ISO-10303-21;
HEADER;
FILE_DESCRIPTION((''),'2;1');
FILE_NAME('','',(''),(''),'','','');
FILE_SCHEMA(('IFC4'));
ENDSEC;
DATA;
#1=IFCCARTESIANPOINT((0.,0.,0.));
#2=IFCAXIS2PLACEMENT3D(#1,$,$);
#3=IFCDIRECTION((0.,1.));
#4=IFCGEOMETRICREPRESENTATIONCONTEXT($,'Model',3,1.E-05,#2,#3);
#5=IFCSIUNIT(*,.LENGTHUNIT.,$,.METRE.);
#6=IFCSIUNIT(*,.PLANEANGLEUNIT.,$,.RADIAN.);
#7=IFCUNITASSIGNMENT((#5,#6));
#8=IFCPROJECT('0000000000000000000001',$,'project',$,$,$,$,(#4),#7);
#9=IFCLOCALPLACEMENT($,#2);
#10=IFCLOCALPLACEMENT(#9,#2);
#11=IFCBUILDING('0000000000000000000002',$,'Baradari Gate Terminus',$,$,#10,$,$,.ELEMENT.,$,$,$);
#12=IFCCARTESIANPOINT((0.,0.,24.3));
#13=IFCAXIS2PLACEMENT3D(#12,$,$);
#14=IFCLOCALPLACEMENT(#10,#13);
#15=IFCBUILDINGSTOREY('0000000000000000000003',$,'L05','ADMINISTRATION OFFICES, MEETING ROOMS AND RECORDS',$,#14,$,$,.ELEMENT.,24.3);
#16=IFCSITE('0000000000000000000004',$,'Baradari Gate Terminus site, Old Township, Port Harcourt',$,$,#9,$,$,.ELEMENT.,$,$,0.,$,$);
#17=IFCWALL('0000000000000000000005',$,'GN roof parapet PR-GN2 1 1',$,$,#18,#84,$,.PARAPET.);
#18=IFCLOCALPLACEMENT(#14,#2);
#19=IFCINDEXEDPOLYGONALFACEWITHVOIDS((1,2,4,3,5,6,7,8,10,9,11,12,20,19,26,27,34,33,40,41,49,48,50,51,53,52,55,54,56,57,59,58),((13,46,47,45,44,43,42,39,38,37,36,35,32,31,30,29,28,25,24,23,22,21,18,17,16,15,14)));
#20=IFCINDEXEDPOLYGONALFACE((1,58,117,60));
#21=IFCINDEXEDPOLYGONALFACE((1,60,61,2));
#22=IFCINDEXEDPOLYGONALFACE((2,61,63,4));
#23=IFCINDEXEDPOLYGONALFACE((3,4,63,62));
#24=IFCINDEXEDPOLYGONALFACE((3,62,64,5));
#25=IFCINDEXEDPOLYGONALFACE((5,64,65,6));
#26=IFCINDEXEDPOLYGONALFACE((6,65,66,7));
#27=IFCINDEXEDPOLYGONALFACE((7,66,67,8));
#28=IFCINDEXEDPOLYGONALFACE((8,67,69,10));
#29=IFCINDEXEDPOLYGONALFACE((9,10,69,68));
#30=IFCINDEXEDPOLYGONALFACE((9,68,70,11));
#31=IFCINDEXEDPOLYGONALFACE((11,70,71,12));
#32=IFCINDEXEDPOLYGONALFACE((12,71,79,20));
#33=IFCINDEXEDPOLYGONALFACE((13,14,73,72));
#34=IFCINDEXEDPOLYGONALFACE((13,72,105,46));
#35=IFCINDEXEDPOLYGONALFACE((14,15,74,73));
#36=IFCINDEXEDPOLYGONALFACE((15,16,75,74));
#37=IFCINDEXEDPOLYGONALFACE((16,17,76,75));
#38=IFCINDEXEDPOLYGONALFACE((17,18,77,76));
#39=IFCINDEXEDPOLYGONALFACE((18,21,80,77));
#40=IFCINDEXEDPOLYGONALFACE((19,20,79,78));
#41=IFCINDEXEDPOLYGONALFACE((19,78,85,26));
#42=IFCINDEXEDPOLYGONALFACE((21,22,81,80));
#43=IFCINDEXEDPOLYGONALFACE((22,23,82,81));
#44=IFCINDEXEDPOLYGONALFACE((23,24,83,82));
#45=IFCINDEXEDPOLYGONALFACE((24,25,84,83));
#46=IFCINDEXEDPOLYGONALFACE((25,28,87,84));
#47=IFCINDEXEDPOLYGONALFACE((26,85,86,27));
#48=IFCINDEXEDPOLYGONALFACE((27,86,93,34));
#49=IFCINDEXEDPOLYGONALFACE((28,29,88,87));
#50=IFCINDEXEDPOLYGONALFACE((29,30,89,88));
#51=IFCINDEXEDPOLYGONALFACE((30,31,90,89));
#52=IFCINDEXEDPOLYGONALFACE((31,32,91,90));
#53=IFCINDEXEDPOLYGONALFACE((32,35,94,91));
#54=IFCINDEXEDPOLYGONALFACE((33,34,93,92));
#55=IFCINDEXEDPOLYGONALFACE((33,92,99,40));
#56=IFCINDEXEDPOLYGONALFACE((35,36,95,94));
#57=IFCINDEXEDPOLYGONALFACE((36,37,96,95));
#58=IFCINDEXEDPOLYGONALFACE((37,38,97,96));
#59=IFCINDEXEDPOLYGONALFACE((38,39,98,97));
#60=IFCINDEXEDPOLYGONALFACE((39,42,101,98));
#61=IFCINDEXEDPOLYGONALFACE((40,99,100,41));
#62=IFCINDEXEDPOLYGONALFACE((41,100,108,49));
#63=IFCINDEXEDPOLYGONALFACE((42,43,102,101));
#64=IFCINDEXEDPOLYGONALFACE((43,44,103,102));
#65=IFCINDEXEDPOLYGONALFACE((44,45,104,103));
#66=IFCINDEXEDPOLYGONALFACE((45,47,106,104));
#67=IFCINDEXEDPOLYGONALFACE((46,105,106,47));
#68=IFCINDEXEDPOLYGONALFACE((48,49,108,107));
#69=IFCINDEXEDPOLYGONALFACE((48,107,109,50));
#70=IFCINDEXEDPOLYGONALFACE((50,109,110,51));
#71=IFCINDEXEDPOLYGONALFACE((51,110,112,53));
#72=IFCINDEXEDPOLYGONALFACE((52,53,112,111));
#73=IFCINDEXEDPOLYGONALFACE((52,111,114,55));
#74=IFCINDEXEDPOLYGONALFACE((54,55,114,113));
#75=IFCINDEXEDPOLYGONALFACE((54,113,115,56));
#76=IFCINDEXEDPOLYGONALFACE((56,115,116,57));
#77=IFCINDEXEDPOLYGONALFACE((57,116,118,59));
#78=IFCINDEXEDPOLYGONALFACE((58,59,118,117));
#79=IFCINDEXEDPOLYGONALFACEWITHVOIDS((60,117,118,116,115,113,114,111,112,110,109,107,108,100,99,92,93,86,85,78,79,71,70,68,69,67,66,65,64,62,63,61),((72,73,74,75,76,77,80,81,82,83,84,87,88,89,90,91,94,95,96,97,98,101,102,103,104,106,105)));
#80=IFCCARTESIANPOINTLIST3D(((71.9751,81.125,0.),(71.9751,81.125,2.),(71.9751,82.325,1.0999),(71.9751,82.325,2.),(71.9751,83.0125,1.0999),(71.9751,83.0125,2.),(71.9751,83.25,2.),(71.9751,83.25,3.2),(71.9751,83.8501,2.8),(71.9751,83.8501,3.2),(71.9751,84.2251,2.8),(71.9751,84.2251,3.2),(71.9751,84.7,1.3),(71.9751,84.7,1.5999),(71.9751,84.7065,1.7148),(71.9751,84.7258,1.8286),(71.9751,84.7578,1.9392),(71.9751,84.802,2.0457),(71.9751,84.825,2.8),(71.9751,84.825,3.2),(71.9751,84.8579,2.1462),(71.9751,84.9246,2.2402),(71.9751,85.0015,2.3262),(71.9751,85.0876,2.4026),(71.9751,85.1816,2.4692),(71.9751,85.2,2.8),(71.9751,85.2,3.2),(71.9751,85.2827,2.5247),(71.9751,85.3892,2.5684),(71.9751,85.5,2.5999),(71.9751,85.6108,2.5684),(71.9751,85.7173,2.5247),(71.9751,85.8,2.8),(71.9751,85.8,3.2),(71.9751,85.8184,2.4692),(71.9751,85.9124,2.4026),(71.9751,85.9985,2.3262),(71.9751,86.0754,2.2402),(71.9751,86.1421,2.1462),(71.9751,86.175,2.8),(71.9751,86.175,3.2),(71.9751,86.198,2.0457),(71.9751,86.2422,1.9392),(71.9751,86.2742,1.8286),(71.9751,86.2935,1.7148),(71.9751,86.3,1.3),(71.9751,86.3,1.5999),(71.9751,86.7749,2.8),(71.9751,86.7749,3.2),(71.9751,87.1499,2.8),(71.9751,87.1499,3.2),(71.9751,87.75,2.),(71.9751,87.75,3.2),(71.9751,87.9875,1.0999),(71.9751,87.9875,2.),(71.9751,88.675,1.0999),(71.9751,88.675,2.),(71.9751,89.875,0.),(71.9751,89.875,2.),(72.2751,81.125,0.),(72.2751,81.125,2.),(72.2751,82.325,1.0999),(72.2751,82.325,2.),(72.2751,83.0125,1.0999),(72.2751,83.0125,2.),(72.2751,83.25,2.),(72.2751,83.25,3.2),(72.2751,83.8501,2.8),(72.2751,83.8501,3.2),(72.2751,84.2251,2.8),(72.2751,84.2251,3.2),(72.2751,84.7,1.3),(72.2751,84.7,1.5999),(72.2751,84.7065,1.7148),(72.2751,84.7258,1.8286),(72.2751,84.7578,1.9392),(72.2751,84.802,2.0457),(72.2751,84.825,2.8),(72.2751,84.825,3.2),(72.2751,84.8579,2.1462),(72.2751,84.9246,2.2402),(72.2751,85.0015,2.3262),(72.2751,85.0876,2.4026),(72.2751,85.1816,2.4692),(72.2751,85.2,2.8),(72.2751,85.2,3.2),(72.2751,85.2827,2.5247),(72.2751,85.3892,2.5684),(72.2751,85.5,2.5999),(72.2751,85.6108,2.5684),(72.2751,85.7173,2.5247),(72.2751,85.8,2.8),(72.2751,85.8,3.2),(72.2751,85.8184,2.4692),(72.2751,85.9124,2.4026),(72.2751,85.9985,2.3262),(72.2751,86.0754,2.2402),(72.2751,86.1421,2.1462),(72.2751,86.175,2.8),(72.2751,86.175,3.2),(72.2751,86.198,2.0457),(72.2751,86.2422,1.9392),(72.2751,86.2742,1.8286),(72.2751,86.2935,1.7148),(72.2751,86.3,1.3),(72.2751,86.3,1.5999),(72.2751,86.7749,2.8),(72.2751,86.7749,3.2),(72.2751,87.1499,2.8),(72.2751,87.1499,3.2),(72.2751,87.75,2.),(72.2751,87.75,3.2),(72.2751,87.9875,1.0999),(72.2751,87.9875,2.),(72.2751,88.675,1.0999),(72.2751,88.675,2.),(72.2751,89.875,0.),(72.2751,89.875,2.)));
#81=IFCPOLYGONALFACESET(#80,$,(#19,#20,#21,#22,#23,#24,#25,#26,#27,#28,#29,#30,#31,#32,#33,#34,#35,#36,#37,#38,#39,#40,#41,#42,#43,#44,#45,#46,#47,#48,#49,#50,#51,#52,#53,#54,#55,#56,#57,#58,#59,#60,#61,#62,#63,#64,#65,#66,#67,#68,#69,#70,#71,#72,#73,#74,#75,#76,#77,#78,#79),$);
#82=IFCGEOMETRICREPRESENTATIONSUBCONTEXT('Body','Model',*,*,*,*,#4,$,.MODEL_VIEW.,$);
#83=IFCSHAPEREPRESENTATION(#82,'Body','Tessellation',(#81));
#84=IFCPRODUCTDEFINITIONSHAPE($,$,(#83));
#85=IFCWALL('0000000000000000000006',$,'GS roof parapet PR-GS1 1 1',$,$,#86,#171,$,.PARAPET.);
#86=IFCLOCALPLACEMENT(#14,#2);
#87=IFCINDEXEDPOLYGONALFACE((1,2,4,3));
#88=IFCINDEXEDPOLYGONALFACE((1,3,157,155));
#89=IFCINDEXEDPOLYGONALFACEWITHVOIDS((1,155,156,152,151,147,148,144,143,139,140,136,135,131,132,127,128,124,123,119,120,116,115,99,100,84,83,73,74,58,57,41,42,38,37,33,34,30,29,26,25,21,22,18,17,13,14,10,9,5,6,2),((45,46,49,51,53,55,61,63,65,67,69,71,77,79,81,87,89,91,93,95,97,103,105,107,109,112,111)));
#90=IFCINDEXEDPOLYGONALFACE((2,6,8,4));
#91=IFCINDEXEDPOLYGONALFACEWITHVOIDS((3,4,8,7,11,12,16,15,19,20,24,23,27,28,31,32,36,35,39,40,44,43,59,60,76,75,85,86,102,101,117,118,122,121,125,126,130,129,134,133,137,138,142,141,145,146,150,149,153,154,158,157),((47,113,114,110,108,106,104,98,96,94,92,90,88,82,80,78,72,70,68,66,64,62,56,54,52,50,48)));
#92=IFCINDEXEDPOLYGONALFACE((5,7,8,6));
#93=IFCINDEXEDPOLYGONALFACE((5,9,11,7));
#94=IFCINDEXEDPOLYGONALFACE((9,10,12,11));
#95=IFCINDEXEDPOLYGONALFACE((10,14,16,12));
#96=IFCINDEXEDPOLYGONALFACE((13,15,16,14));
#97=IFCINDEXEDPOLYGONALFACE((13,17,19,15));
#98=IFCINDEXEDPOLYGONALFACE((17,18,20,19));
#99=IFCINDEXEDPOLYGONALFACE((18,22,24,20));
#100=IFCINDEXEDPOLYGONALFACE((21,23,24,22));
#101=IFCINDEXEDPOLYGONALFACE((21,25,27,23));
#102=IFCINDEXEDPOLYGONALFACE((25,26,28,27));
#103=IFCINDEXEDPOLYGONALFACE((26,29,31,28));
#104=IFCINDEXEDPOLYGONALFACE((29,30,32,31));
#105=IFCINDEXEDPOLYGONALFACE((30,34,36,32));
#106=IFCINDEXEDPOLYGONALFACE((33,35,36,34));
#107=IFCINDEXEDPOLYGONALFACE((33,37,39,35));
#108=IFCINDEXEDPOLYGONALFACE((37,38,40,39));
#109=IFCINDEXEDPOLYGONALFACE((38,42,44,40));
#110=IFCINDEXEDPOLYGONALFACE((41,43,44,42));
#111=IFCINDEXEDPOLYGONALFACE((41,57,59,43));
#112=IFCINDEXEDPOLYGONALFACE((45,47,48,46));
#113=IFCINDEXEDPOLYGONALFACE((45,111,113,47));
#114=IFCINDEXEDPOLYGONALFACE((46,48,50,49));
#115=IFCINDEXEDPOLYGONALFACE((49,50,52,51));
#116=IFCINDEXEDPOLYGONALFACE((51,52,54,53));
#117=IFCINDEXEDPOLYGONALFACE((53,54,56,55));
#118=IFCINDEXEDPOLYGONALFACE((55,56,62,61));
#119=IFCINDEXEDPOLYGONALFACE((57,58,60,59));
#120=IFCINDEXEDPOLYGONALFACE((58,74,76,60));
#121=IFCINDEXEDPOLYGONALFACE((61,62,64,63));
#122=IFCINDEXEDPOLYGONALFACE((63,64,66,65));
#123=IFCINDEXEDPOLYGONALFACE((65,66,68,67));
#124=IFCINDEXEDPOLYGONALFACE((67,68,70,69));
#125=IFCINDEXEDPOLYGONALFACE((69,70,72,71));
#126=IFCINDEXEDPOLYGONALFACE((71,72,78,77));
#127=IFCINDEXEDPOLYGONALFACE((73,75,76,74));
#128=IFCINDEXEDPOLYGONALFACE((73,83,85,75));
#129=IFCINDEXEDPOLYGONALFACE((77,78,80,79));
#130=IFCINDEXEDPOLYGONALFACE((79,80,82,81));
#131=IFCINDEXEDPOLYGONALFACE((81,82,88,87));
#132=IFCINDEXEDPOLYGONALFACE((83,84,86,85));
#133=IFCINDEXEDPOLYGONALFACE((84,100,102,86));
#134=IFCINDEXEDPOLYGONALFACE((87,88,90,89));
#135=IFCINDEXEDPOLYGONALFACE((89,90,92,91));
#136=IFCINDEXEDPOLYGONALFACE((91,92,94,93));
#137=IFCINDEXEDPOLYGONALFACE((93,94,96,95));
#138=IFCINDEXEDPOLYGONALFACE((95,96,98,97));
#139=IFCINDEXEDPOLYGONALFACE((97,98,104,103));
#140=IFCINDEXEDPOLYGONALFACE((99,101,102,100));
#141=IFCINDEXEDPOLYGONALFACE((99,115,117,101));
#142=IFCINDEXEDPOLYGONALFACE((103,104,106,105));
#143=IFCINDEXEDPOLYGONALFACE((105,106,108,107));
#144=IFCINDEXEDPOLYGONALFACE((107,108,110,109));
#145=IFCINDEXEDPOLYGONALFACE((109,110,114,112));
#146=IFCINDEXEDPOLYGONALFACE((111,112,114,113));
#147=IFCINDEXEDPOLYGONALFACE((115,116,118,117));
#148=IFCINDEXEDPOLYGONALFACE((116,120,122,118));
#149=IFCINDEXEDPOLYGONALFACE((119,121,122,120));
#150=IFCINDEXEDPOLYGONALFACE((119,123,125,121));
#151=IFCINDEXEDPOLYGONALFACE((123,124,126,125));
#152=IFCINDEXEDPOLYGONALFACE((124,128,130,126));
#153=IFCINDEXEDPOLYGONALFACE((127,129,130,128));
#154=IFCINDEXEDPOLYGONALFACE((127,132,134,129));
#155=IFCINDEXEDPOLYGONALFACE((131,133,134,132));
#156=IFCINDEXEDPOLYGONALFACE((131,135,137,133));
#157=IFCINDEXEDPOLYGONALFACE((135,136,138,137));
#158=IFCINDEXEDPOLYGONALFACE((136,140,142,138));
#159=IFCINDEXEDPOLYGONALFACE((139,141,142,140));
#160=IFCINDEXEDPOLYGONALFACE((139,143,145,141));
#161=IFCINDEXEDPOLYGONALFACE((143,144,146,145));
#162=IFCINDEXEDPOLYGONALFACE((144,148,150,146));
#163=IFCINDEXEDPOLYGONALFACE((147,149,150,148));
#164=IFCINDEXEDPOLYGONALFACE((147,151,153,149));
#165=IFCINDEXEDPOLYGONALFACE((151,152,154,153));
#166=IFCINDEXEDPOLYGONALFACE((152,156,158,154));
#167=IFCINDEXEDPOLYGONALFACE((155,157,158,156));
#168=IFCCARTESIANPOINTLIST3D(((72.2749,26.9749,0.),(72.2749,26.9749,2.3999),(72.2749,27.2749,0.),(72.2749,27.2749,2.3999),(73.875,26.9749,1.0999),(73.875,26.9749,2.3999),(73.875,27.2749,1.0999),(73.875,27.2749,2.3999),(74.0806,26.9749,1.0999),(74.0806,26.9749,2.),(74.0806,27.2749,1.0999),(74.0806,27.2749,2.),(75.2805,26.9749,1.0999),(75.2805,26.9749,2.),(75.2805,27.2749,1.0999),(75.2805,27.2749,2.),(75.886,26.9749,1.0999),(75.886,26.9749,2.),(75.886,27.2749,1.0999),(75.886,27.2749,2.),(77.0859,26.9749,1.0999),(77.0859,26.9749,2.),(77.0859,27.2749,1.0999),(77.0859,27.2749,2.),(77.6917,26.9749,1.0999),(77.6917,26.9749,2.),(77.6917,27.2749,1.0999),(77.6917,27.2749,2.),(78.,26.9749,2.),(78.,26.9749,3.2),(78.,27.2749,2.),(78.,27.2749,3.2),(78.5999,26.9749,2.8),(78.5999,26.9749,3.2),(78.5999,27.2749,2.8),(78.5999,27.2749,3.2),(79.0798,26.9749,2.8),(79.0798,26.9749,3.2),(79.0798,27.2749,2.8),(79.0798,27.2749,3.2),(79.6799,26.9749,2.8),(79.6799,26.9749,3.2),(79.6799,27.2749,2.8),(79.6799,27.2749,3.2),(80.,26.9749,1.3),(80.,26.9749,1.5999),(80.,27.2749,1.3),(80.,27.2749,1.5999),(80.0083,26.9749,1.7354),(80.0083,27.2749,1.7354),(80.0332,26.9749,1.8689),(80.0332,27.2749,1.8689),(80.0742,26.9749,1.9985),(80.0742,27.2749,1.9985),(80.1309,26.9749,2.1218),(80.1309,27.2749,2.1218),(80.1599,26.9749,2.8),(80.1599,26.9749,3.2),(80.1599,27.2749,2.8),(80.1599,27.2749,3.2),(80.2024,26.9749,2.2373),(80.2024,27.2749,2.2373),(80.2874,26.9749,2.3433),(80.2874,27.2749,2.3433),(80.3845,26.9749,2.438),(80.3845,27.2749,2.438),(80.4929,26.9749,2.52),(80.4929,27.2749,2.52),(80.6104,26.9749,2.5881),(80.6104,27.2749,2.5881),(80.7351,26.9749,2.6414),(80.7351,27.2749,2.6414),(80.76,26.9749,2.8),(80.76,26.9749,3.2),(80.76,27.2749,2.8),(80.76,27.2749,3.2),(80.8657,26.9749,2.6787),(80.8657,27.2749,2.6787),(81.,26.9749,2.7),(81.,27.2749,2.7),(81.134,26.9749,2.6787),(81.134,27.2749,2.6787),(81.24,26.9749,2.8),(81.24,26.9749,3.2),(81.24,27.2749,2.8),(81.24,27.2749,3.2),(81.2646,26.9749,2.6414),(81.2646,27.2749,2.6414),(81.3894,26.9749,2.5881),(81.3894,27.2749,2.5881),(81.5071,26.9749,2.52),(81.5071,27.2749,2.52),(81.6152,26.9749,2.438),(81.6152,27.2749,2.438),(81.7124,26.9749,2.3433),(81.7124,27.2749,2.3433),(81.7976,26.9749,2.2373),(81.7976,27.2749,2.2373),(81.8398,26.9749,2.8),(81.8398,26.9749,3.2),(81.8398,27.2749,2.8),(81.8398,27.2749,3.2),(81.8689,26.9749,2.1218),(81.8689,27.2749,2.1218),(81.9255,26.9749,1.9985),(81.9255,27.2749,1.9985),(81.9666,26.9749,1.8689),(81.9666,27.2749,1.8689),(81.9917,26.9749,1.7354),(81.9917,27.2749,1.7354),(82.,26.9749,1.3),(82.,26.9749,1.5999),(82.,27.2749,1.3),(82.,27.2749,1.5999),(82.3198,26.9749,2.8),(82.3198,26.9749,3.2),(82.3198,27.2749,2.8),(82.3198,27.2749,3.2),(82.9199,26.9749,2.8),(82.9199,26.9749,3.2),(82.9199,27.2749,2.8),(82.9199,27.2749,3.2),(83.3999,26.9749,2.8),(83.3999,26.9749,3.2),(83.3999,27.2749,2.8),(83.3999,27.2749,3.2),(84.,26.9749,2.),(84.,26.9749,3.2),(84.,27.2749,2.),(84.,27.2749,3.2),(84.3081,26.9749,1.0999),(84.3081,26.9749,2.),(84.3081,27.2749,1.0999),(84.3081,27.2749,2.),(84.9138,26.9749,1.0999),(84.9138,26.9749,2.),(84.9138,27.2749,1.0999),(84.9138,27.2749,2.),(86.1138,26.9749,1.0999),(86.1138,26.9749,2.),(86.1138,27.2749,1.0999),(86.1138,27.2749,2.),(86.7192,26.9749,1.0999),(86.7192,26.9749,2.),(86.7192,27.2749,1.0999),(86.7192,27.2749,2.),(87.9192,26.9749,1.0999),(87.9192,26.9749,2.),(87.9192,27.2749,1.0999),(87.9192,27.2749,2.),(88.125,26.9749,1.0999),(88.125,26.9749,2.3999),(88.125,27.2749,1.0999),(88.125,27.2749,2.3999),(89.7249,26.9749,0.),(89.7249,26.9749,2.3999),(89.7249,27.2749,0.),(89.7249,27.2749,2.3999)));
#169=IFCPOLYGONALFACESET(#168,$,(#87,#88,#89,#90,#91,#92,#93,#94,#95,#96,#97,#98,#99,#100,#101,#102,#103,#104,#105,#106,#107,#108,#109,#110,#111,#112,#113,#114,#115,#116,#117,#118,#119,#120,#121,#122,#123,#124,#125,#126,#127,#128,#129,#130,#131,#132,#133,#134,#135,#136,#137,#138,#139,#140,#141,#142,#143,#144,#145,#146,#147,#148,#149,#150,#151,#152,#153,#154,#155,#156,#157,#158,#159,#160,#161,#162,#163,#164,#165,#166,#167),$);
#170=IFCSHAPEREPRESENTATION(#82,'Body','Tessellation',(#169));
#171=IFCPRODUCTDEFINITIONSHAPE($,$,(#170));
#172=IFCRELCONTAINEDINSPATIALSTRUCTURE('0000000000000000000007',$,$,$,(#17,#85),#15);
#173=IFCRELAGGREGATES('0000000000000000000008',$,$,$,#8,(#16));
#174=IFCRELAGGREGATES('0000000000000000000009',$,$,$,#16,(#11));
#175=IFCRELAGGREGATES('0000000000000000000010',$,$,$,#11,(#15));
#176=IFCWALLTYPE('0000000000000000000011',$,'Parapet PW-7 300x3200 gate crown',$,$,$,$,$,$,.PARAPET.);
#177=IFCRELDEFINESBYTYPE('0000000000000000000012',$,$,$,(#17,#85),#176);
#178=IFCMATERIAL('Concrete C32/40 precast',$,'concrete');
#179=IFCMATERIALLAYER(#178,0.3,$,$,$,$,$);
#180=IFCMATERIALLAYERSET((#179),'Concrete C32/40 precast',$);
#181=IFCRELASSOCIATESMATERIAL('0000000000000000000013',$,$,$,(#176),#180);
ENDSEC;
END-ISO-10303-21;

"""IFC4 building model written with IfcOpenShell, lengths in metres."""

from ifc_helpers import new_model, si_unit, direction, frame, origin, place, context, subcontext, project, spatial, polyline, outline, extrude, material, layer, layer_set, type_object, element, save


model = new_model("IFC4")

# Units and contexts
model_context = context("Model", 3, precision=1e-05, world=origin(), true_north=direction((0.0, 1.0)))
body_context = subcontext(model_context, "Body", "Model", "MODEL_VIEW")
ifc_project = project(units=[si_unit("LENGTHUNIT", "METRE"), si_unit("PLANEANGLEUNIT", "RADIAN")], contexts=[model_context])

# Site, building, storey
site_placement = place(None, origin())
site = spatial("IfcSite", under=ifc_project, at=site_placement, Name="Baradari Gate Terminus site, Old Township, Port Harcourt", CompositionType="ELEMENT", RefElevation=0.0)
building_placement = place(site_placement, origin())
building = spatial("IfcBuilding", under=site, at=building_placement, Name="Baradari Gate Terminus", CompositionType="ELEMENT")
storey_placement = place(building_placement, frame((0.0, 0.0, 24.3)))
storey = spatial("IfcBuildingStorey", under=building, at=storey_placement, Name="L05", Description="ADMINISTRATION OFFICES, MEETING ROOMS AND RECORDS", CompositionType="ELEMENT", Elevation=24.3)

# Walls
ifc_material_1 = material(Name="Concrete C32/40 precast", Category="concrete")
ifc_layer_1 = layer(ifc_material_1, 0.3)
ifc_layer_set_1 = layer_set([ifc_layer_1], Name="Concrete C32/40 precast")
wall_type_1 = type_object("IfcWallType", Name="Parapet PW-7 300x3200 gate crown", PredefinedType="PARAPET", material=ifc_layer_set_1)
wall_1_placement = place(storey_placement, frame((72.125, 81.125, 0.0), z_axis=(0.0, 0.0, 1.0), x_axis=(0.0, 1.0, 0.0)))
element("IfcWall", 1, at=wall_1_placement, inside=storey, type_object=wall_type_1, Name="GN roof parapet PR-GN2 1 1", PredefinedType="PARAPET", context=body_context, shape_type="SweptSolid", body=[
    extrude(outline(polyline([(1.8875, 2.0), (1.8875, 1.0999), (1.2, 1.0999), (1.2, 2.0), (0.0, 2.0), (0.0, 0.0), (8.75, 0.0), (8.75, 2.0), (7.55, 2.0), (7.55, 1.0999), (6.8625, 1.0999), (6.8625, 2.0), (6.625, 2.0), (6.625, 3.2), (6.0249, 3.2), (6.0249, 2.8), (5.6499, 2.8), (5.6499, 3.2), (5.05, 3.2), (5.05, 2.8), (4.675, 2.8), (4.675, 3.2), (4.075, 3.2), (4.075, 2.8), (3.7, 2.8), (3.7, 3.2), (3.1001, 3.2), (3.1001, 2.8), (2.7251, 2.8), (2.7251, 3.2), (2.125, 3.2), (2.125, 2.0), (1.8875, 2.0)]), holes=[polyline([(3.575, 1.3), (3.575, 1.5999), (3.5815, 1.7148), (3.6008, 1.8286), (3.6328, 1.9392), (3.677, 2.0457), (3.7329, 2.1462), (3.7996, 2.2402), (3.8765, 2.3262), (3.9626, 2.4026), (4.0566, 2.4692), (4.1577, 2.5247), (4.2642, 2.5684), (4.375, 2.5999), (4.4858, 2.5684), (4.5923, 2.5247), (4.6934, 2.4692), (4.7874, 2.4026), (4.8735, 2.3262), (4.9504, 2.2402), (5.0171, 2.1462), (5.073, 2.0457), (5.1172, 1.9392), (5.1492, 1.8286), (5.1685, 1.7148), (5.175, 1.5999), (5.175, 1.3), (3.575, 1.3)])]), frame((0.0, 0.1499, 0.0), z_axis=(0.0, -1.0, 0.0), x_axis=(1.0, 0.0, 0.0)), (0.0, 0.0, 1.0), 0.3),
])
wall_2_placement = place(storey_placement, frame((72.2749, 27.125, 0.0), z_axis=(0.0, 0.0, 1.0), x_axis=(1.0, 0.0, 0.0)))
element("IfcWall", 2, at=wall_2_placement, inside=storey, type_object=wall_type_1, Name="GS roof parapet PR-GS1 1 1", PredefinedType="PARAPET", context=body_context, shape_type="SweptSolid", body=[
    extrude(outline(polyline([(5.4167, 2.0), (5.4167, 1.0999), (4.811, 1.0999), (4.811, 2.0), (3.6111, 2.0), (3.6111, 1.0999), (3.0056, 1.0999), (3.0056, 2.0), (1.8057, 2.0), (1.8057, 1.0999), (1.6001, 1.0999), (1.6001, 2.3999), (0.0, 2.3999), (0.0, 0.0), (17.45, 0.0), (17.45, 2.3999), (15.8501, 2.3999), (15.8501, 1.0999), (15.6443, 1.0999), (15.6443, 2.0), (14.4443, 2.0), (14.4443, 1.0999), (13.8389, 1.0999), (13.8389, 2.0), (12.6389, 2.0), (12.6389, 1.0999), (12.0332, 1.0999), (12.0332, 2.0), (11.7251, 2.0), (11.7251, 3.2), (11.125, 3.2), (11.125, 2.8), (10.645, 2.8), (10.645, 3.2), (10.0449, 3.2), (10.0449, 2.8), (9.5649, 2.8), (9.5649, 3.2), (8.9651, 3.2), (8.9651, 2.8), (8.4851, 2.8), (8.4851, 3.2), (7.885, 3.2), (7.885, 2.8), (7.405, 2.8), (7.405, 3.2), (6.8049, 3.2), (6.8049, 2.8), (6.325, 2.8), (6.325, 3.2), (5.7251, 3.2), (5.7251, 2.0), (5.4167, 2.0)]), holes=[polyline([(7.7251, 1.3), (7.7251, 1.5999), (7.7334, 1.7354), (7.7583, 1.8689), (7.7993, 1.9985), (7.856, 2.1218), (7.9275, 2.2373), (8.0125, 2.3433), (8.1096, 2.438), (8.218, 2.52), (8.3354, 2.5881), (8.4602, 2.6414), (8.5908, 2.6787), (8.7251, 2.7), (8.8591, 2.6787), (8.9897, 2.6414), (9.1145, 2.5881), (9.2322, 2.52), (9.3403, 2.438), (9.4375, 2.3433), (9.5227, 2.2373), (9.594, 2.1218), (9.6506, 1.9985), (9.6917, 1.8689), (9.7168, 1.7354), (9.7251, 1.5999), (9.7251, 1.3), (7.7251, 1.3)])]), frame((0.0, 0.1499, 0.0), z_axis=(0.0, -1.0, 0.0), x_axis=(1.0, 0.0, 0.0)), (0.0, 0.0, 1.0), 0.3),
])

save(model, "model.ifc")
